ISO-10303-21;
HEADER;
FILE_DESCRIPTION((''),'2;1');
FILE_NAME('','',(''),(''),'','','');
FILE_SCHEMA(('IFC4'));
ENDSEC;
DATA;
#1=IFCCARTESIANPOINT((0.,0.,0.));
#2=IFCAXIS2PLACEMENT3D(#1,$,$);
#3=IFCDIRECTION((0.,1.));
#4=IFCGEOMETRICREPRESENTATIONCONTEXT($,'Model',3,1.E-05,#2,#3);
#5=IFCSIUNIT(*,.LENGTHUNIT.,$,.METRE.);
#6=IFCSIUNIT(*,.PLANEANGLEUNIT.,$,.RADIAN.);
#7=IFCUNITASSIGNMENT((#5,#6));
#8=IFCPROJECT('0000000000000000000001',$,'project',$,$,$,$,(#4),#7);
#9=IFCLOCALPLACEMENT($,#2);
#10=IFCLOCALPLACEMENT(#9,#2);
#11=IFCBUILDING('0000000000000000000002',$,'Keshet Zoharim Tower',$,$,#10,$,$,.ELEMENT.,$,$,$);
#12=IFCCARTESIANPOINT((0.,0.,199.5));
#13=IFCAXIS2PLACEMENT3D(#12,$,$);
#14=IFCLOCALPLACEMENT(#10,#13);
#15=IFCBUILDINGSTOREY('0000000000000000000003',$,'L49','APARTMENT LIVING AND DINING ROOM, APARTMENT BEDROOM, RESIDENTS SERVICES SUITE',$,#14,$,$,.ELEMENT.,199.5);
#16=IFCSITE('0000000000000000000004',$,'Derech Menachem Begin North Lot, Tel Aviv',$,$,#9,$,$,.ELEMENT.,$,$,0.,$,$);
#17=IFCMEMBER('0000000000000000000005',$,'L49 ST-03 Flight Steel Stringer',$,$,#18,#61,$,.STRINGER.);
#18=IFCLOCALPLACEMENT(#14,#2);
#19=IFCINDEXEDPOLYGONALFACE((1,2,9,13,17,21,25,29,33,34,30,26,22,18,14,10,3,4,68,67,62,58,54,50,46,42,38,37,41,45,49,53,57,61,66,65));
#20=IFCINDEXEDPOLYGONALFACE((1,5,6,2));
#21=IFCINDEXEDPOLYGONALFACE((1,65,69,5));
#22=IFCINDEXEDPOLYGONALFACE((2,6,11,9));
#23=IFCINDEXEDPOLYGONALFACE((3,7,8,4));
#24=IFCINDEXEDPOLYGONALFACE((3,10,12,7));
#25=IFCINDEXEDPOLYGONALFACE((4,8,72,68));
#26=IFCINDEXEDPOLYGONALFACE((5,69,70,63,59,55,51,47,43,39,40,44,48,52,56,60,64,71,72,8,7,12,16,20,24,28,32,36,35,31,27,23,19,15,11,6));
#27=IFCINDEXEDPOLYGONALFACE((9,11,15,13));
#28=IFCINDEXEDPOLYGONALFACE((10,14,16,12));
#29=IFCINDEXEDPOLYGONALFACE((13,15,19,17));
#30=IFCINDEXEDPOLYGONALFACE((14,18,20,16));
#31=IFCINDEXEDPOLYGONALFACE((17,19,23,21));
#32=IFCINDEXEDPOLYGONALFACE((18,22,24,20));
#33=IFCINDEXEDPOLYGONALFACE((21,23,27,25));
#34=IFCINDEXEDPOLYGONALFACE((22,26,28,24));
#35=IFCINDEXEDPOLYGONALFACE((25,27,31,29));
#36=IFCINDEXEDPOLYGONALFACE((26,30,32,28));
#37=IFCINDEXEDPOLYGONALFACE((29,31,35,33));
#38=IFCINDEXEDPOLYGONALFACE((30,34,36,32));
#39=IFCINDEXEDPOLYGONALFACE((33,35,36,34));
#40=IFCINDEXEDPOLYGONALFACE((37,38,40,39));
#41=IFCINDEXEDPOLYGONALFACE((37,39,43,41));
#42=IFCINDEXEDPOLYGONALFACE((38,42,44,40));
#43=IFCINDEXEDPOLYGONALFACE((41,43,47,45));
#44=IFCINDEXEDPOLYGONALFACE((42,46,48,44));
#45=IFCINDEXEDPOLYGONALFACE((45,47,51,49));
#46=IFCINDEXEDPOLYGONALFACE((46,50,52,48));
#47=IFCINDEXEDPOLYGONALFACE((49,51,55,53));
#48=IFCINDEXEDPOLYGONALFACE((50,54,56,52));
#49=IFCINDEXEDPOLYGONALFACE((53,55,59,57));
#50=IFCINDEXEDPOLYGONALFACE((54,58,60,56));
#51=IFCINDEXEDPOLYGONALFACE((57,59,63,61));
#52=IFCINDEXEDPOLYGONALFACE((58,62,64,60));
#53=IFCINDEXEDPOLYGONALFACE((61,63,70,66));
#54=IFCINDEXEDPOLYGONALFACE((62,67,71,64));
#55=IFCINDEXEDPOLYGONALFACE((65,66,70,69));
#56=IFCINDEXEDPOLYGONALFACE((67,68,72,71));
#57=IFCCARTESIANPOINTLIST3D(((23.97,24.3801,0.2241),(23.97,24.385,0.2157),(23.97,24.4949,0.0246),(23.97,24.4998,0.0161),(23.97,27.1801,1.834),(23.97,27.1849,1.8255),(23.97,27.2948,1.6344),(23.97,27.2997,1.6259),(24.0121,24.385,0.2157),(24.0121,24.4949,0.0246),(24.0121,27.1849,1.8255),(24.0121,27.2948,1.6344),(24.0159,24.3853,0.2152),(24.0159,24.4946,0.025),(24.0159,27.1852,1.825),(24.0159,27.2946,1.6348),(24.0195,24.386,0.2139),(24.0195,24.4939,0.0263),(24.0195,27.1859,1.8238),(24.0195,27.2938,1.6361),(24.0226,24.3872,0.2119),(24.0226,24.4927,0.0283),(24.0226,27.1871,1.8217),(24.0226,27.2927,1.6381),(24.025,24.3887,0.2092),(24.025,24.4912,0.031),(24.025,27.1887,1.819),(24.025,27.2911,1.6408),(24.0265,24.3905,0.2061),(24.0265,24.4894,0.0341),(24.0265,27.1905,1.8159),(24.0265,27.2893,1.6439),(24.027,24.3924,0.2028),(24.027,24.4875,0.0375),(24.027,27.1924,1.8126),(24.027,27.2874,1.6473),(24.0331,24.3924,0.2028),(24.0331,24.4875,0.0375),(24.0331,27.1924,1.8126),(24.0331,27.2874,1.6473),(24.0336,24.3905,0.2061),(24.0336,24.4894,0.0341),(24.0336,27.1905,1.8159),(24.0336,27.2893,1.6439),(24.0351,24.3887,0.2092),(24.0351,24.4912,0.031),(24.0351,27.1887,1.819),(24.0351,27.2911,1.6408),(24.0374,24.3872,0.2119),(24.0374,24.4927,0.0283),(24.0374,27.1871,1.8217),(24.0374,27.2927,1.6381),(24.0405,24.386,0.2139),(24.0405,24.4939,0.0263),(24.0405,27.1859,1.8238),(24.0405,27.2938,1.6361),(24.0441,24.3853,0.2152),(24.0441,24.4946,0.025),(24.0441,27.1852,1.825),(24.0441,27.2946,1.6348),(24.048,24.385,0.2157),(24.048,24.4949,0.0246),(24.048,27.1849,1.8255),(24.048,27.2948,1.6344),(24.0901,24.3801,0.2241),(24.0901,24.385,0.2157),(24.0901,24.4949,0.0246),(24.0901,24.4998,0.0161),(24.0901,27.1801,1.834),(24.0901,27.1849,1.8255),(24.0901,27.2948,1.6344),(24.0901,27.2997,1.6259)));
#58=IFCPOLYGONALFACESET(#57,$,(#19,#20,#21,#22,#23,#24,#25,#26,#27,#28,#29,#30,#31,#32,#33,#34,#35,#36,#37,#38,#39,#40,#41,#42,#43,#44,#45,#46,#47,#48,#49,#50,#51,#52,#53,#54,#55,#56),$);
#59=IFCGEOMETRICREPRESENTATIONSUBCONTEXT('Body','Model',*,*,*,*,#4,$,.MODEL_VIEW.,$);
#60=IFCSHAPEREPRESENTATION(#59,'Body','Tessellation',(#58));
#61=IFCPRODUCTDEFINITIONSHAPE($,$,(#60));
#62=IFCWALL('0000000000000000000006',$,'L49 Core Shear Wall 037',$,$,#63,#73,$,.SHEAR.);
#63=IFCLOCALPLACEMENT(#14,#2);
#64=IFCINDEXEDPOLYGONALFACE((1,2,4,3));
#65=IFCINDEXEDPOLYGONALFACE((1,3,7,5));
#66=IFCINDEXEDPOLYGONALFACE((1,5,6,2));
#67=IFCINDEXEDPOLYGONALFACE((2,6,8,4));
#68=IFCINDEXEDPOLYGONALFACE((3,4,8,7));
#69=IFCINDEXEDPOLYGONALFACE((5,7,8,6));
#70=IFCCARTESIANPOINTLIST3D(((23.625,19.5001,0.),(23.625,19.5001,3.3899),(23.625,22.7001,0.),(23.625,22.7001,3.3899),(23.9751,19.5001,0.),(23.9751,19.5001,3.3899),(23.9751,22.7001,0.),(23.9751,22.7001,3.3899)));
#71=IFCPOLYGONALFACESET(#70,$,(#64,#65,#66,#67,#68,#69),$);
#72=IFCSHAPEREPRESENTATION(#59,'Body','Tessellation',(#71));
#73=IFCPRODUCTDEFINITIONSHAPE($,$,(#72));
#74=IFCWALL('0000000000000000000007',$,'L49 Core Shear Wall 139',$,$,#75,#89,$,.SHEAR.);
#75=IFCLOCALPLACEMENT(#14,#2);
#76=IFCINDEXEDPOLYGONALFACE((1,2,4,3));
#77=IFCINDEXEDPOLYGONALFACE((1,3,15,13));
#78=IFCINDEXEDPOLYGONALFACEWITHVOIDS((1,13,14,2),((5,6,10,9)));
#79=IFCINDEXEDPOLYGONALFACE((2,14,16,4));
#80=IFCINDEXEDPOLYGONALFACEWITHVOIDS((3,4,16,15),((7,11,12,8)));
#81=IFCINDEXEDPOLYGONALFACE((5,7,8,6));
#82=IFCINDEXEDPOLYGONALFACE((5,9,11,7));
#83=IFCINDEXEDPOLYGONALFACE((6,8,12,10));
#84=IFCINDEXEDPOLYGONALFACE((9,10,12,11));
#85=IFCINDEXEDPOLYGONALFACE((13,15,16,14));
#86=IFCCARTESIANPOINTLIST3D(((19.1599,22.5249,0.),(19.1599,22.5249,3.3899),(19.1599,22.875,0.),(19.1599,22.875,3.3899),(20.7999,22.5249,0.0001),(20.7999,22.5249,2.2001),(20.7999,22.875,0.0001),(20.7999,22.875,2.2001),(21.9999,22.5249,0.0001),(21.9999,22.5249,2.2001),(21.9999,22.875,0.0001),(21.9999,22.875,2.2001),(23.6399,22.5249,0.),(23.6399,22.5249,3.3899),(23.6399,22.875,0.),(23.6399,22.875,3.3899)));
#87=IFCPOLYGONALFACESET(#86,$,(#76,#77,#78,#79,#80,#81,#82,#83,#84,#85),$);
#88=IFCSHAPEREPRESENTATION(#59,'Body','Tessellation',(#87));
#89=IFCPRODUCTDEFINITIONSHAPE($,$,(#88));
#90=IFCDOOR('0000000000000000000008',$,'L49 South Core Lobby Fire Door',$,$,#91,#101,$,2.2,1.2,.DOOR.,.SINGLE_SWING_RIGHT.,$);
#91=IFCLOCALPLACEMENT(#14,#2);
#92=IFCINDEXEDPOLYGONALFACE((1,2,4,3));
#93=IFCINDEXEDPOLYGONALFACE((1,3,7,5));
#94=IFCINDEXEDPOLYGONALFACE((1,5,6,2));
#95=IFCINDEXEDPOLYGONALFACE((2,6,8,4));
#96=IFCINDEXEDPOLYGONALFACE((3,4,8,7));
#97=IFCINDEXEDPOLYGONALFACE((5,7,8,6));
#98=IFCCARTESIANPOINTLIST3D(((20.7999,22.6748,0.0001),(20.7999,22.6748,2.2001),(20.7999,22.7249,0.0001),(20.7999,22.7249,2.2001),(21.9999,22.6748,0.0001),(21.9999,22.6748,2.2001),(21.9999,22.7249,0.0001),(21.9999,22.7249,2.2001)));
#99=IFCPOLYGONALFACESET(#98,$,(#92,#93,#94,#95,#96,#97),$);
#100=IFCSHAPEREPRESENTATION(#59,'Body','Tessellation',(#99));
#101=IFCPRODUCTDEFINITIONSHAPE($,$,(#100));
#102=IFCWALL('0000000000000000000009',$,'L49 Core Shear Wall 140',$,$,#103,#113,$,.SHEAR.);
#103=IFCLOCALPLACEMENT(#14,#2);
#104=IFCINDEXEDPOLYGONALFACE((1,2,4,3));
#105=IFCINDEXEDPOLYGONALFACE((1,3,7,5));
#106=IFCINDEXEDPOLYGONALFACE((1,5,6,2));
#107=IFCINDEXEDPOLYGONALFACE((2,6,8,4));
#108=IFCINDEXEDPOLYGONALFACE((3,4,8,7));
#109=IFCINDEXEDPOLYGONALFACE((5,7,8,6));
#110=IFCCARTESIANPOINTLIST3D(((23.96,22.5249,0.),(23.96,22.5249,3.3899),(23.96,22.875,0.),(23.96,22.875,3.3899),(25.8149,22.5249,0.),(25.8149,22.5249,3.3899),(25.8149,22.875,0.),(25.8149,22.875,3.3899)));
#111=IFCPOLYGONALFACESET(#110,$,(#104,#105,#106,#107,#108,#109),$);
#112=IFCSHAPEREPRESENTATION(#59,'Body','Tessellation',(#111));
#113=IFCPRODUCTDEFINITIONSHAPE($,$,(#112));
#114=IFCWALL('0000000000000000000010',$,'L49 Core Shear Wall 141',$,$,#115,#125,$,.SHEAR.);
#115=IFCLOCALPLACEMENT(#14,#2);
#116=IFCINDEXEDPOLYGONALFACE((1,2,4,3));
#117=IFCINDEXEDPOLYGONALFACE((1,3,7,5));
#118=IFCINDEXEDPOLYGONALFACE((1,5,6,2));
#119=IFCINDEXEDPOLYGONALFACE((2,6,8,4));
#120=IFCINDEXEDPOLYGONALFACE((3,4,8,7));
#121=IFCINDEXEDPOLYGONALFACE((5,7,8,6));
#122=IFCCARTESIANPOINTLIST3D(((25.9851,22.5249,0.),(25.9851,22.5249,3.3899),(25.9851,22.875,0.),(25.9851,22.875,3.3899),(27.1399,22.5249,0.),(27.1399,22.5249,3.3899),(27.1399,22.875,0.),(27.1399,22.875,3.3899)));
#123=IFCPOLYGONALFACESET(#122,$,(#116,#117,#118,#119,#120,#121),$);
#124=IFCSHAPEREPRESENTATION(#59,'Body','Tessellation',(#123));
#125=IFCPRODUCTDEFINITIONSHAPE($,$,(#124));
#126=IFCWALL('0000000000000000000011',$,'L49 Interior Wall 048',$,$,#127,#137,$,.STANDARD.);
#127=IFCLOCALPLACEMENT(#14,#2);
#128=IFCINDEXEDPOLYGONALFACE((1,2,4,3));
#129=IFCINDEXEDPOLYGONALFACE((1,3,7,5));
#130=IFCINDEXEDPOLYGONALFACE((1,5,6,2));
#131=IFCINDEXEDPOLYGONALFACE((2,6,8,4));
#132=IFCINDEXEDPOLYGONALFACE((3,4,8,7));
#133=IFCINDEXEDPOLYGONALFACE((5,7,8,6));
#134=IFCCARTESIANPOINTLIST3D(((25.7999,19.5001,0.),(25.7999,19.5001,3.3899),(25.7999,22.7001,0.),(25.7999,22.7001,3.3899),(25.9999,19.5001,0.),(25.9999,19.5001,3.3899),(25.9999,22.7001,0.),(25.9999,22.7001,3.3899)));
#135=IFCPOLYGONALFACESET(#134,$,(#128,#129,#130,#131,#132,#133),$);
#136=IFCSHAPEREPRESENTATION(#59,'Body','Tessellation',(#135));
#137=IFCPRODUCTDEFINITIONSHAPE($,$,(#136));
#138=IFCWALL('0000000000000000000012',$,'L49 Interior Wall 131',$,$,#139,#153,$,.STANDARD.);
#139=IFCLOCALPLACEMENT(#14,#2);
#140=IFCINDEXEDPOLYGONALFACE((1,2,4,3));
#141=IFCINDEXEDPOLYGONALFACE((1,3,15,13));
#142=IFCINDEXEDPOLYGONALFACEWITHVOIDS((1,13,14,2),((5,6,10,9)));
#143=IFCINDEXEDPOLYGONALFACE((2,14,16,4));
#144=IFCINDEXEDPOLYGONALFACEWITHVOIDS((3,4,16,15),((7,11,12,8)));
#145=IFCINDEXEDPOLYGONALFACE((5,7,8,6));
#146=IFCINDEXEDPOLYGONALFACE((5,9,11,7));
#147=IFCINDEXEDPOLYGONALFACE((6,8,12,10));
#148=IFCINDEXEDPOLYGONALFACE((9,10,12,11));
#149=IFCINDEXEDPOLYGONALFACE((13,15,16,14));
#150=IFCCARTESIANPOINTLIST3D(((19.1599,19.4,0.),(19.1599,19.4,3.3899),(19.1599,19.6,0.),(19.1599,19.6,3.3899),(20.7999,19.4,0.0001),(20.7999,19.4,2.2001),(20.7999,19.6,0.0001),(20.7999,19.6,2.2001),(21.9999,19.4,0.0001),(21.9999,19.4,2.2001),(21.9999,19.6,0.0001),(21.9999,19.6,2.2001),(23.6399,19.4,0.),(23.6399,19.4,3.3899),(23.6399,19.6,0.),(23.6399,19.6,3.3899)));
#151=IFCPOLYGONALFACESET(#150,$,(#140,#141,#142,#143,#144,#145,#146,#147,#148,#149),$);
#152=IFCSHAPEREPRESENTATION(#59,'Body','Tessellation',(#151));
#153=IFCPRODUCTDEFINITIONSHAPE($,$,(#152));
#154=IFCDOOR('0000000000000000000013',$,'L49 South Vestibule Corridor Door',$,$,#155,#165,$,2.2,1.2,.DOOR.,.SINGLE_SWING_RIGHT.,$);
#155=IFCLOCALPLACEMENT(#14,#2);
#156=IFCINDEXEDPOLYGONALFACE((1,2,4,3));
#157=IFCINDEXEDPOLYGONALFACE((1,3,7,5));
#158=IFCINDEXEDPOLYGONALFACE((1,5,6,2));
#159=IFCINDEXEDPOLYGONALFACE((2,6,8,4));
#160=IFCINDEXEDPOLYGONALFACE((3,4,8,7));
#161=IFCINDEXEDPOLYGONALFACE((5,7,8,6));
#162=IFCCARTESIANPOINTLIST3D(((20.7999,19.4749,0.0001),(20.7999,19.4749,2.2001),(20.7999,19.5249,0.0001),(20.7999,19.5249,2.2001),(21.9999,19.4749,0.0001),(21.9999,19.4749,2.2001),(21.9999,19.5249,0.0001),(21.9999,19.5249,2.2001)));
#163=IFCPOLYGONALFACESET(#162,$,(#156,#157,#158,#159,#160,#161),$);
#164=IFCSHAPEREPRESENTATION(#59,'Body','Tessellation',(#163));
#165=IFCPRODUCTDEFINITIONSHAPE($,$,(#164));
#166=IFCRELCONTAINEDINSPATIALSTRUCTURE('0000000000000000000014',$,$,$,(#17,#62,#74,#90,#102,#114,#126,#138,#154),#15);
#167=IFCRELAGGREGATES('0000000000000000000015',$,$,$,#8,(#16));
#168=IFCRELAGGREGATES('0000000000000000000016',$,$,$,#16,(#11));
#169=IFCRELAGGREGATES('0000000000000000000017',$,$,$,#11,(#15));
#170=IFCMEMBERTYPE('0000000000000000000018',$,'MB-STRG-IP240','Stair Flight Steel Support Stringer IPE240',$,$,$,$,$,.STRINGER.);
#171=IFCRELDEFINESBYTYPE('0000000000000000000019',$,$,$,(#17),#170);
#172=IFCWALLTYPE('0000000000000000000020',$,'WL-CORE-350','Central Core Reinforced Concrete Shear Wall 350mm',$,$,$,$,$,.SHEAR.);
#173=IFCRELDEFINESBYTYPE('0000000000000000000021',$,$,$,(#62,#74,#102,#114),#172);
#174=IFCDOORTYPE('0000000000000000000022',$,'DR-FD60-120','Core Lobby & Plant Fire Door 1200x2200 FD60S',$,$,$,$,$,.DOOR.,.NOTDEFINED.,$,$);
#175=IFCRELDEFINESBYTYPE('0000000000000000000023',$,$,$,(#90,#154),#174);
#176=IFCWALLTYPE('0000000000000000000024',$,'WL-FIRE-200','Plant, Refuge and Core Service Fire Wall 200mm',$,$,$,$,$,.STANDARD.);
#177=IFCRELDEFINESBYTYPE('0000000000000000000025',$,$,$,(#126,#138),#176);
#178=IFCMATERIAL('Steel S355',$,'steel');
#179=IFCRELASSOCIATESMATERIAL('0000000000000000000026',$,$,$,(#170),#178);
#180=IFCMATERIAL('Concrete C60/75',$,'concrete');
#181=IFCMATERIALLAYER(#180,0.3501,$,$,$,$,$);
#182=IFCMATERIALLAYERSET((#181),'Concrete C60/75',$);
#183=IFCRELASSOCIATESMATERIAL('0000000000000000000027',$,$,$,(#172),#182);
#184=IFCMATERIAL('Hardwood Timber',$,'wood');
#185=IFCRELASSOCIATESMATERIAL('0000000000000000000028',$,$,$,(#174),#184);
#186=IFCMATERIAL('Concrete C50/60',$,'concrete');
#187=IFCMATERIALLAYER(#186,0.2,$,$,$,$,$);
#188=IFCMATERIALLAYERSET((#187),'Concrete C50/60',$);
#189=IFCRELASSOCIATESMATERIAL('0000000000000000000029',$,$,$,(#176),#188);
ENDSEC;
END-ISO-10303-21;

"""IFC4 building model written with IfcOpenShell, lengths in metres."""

from ifc_helpers import new_model, si_unit, direction, frame, frame_2d, origin, origin_2d, place, context, subcontext, project, spatial, rectangle, i_section, extrude, material, layer, layer_set, material_profile, profile_set, type_object, element, fill, save


model = new_model("IFC4")

# Units and contexts
model_context = context("Model", 3, precision=1e-05, world=origin(), true_north=direction((0.0, 1.0)))
body_context = subcontext(model_context, "Body", "Model", "MODEL_VIEW")
ifc_project = project(units=[si_unit("LENGTHUNIT", "METRE"), si_unit("PLANEANGLEUNIT", "RADIAN")], contexts=[model_context])

# Site, building, storey
site_placement = place(None, origin())
site = spatial("IfcSite", under=ifc_project, at=site_placement, Name="Derech Menachem Begin North Lot, Tel Aviv", CompositionType="ELEMENT", RefElevation=0.0)
building_placement = place(site_placement, origin())
building = spatial("IfcBuilding", under=site, at=building_placement, Name="Keshet Zoharim Tower", CompositionType="ELEMENT")
storey_placement = place(building_placement, frame((0.0, 0.0, 199.5)))
storey = spatial("IfcBuildingStorey", under=building, at=storey_placement, Name="L49", Description="APARTMENT LIVING AND DINING ROOM, APARTMENT BEDROOM, RESIDENTS SERVICES SUITE", CompositionType="ELEMENT", Elevation=199.5)

# Member
ifc_material_1 = material(Name="Steel S355", Category="steel")
ifc_material_profile = material_profile(ifc_material_1, i_section(OverallWidth=0.1201, OverallDepth=0.24, WebThickness=0.0061, FlangeThickness=0.0098, FilletRadius=0.0149, at=origin_2d()), Name="IPE240")
ifc_profile_set = profile_set([ifc_material_profile], Name="Steel S355")
member_type = type_object("IfcMemberType", Name="MB-STRG-IP240", Description="Stair Flight Steel Support Stringer IPE240", PredefinedType="STRINGER", material=ifc_profile_set)
member_placement = place(storey_placement, frame((24.03, 24.4399, 0.1201), z_axis=(0.0, 0.866928, 0.498433), x_axis=(-1.0, 0.0, 0.0)))
element("IfcMember", 1, at=member_placement, inside=storey, type_object=member_type, Name="L49 ST-03 Flight Steel Stringer", PredefinedType="STRINGER", context=body_context, shape_type="SweptSolid", body=[
    extrude(i_section(OverallWidth=0.1201, OverallDepth=0.24, WebThickness=0.0061, FlangeThickness=0.0098, FilletRadius=0.0149, at=origin_2d()), origin(), (0.0, 0.0, 1.0), 3.2297),
])

# Shared definitions
ifc_material_2 = material(Name="Concrete C60/75", Category="concrete")
ifc_layer_1 = layer(ifc_material_2, 0.3501)
ifc_layer_set_1 = layer_set([ifc_layer_1], Name="Concrete C60/75")
wall_type_1 = type_object("IfcWallType", Name="WL-CORE-350", Description="Central Core Reinforced Concrete Shear Wall 350mm", PredefinedType="SHEAR", material=ifc_layer_set_1)
ifc_material_3 = material(Name="Hardwood Timber", Category="wood")

# Wall
wall_1_placement = place(storey_placement, frame((23.8, 19.5, 0.0), z_axis=(0.0, 0.0, 1.0), x_axis=(0.0, 1.0, 0.0)))
element("IfcWall", 2, at=wall_1_placement, inside=storey, type_object=wall_type_1, Name="L49 Core Shear Wall 037", PredefinedType="SHEAR", context=body_context, shape_type="SweptSolid", body=[
    extrude(rectangle(XDim=3.2, YDim=0.3501, at=frame_2d((1.6001, 0.0))), origin(), (0.0, 0.0, 1.0), 3.3899),
])

# Wall, opening, door
wall_2_placement = place(storey_placement, frame((19.1599, 22.7, 0.0), z_axis=(0.0, 0.0, 1.0), x_axis=(1.0, 0.0, 0.0)))
wall_2 = element("IfcWall", 3, at=wall_2_placement, inside=storey, type_object=wall_type_1, Name="L49 Core Shear Wall 139", PredefinedType="SHEAR", context=body_context, shape_type="SweptSolid", body=[
    extrude(rectangle(XDim=4.48, YDim=0.3501, at=frame_2d((2.24, 0.0))), origin(), (0.0, 0.0, 1.0), 3.3899),
])
opening_1_placement = place(wall_2_placement, frame((1.6399, 0.0, 0.0)))
opening_1 = element("IfcOpeningElement", 4, at=opening_1_placement, cuts=wall_2, PredefinedType="OPENING", context=body_context, shape_type="SweptSolid", body=[
    extrude(rectangle(XDim=1.2, YDim=2.2, at=frame_2d((0.6001, 1.1001))), frame((0.0, 0.1851, 0.0), z_axis=(0.0, -1.0, 0.0), x_axis=(1.0, 0.0, 0.0)), (0.0, 0.0, 1.0), 0.3701),
])
door_type_1 = type_object("IfcDoorType", Name="DR-FD60-120", Description="Core Lobby & Plant Fire Door 1200x2200 FD60S", OperationType="NOTDEFINED", PredefinedType="DOOR", material=ifc_material_3)
door_1_placement = place(opening_1_placement, origin())
door_1 = element("IfcDoor", 5, at=door_1_placement, inside=storey, type_object=door_type_1, Name="L49 South Core Lobby Fire Door", OperationType="SINGLE_SWING_RIGHT", OverallHeight=2.2, OverallWidth=1.2, PredefinedType="DOOR", context=body_context, shape_type="SweptSolid", body=[
    extrude(rectangle(XDim=1.2, YDim=2.2, at=frame_2d((0.6001, 1.1001))), frame((0.0, 0.0249, 0.0), z_axis=(0.0, -1.0, 0.0), x_axis=(1.0, 0.0, 0.0)), (0.0, 0.0, 1.0), 0.05),
])
fill(opening_1, door_1)

# Walls
wall_3_placement = place(storey_placement, frame((23.96, 22.7, 0.0), z_axis=(0.0, 0.0, 1.0), x_axis=(1.0, 0.0, 0.0)))
element("IfcWall", 6, at=wall_3_placement, inside=storey, type_object=wall_type_1, Name="L49 Core Shear Wall 140", PredefinedType="SHEAR", context=body_context, shape_type="SweptSolid", body=[
    extrude(rectangle(XDim=1.855, YDim=0.3501, at=frame_2d((0.9275, 0.0))), origin(), (0.0, 0.0, 1.0), 3.3899),
])
wall_4_placement = place(storey_placement, frame((25.9851, 22.7, 0.0), z_axis=(0.0, 0.0, 1.0), x_axis=(1.0, 0.0, 0.0)))
element("IfcWall", 7, at=wall_4_placement, inside=storey, type_object=wall_type_1, Name="L49 Core Shear Wall 141", PredefinedType="SHEAR", context=body_context, shape_type="SweptSolid", body=[
    extrude(rectangle(XDim=1.1548, YDim=0.3501, at=frame_2d((0.5774, 0.0))), origin(), (0.0, 0.0, 1.0), 3.3899),
])
ifc_material_4 = material(Name="Concrete C50/60", Category="concrete")
ifc_layer_2 = layer(ifc_material_4, 0.2)
ifc_layer_set_2 = layer_set([ifc_layer_2], Name="Concrete C50/60")
wall_type_2 = type_object("IfcWallType", Name="WL-FIRE-200", Description="Plant, Refuge and Core Service Fire Wall 200mm", PredefinedType="STANDARD", material=ifc_layer_set_2)
wall_5_placement = place(storey_placement, frame((25.8999, 19.5, 0.0), z_axis=(0.0, 0.0, 1.0), x_axis=(0.0, 1.0, 0.0)))
element("IfcWall", 8, at=wall_5_placement, inside=storey, type_object=wall_type_2, Name="L49 Interior Wall 048", PredefinedType="STANDARD", context=body_context, shape_type="SweptSolid", body=[
    extrude(rectangle(XDim=3.2, YDim=0.2, at=frame_2d((1.6001, 0.0))), origin(), (0.0, 0.0, 1.0), 3.3899),
])

# Wall, opening, door
wall_6_placement = place(storey_placement, frame((19.1599, 19.5, 0.0), z_axis=(0.0, 0.0, 1.0), x_axis=(1.0, 0.0, 0.0)))
wall_6 = element("IfcWall", 9, at=wall_6_placement, inside=storey, type_object=wall_type_2, Name="L49 Interior Wall 131", PredefinedType="STANDARD", context=body_context, shape_type="SweptSolid", body=[
    extrude(rectangle(XDim=4.48, YDim=0.2, at=frame_2d((2.24, 0.0))), origin(), (0.0, 0.0, 1.0), 3.3899),
])
opening_2_placement = place(wall_6_placement, frame((1.6399, 0.0, 0.0)))
opening_2 = element("IfcOpeningElement", 10, at=opening_2_placement, cuts=wall_6, PredefinedType="OPENING", context=body_context, shape_type="SweptSolid", body=[
    extrude(rectangle(XDim=1.2, YDim=2.2, at=frame_2d((0.6001, 1.1001))), frame((0.0, 0.1099, 0.0), z_axis=(0.0, -1.0, 0.0), x_axis=(1.0, 0.0, 0.0)), (0.0, 0.0, 1.0), 0.22),
])
door_2_placement = place(opening_2_placement, origin())
door_2 = element("IfcDoor", 11, at=door_2_placement, inside=storey, type_object=door_type_1, Name="L49 South Vestibule Corridor Door", OperationType="SINGLE_SWING_RIGHT", OverallHeight=2.2, OverallWidth=1.2, PredefinedType="DOOR", context=body_context, shape_type="SweptSolid", body=[
    extrude(rectangle(XDim=1.2, YDim=2.2, at=frame_2d((0.6001, 1.1001))), frame((0.0, 0.0249, 0.0), z_axis=(0.0, -1.0, 0.0), x_axis=(1.0, 0.0, 0.0)), (0.0, 0.0, 1.0), 0.05),
])
fill(opening_2, door_2)

save(model, "model.ifc")
